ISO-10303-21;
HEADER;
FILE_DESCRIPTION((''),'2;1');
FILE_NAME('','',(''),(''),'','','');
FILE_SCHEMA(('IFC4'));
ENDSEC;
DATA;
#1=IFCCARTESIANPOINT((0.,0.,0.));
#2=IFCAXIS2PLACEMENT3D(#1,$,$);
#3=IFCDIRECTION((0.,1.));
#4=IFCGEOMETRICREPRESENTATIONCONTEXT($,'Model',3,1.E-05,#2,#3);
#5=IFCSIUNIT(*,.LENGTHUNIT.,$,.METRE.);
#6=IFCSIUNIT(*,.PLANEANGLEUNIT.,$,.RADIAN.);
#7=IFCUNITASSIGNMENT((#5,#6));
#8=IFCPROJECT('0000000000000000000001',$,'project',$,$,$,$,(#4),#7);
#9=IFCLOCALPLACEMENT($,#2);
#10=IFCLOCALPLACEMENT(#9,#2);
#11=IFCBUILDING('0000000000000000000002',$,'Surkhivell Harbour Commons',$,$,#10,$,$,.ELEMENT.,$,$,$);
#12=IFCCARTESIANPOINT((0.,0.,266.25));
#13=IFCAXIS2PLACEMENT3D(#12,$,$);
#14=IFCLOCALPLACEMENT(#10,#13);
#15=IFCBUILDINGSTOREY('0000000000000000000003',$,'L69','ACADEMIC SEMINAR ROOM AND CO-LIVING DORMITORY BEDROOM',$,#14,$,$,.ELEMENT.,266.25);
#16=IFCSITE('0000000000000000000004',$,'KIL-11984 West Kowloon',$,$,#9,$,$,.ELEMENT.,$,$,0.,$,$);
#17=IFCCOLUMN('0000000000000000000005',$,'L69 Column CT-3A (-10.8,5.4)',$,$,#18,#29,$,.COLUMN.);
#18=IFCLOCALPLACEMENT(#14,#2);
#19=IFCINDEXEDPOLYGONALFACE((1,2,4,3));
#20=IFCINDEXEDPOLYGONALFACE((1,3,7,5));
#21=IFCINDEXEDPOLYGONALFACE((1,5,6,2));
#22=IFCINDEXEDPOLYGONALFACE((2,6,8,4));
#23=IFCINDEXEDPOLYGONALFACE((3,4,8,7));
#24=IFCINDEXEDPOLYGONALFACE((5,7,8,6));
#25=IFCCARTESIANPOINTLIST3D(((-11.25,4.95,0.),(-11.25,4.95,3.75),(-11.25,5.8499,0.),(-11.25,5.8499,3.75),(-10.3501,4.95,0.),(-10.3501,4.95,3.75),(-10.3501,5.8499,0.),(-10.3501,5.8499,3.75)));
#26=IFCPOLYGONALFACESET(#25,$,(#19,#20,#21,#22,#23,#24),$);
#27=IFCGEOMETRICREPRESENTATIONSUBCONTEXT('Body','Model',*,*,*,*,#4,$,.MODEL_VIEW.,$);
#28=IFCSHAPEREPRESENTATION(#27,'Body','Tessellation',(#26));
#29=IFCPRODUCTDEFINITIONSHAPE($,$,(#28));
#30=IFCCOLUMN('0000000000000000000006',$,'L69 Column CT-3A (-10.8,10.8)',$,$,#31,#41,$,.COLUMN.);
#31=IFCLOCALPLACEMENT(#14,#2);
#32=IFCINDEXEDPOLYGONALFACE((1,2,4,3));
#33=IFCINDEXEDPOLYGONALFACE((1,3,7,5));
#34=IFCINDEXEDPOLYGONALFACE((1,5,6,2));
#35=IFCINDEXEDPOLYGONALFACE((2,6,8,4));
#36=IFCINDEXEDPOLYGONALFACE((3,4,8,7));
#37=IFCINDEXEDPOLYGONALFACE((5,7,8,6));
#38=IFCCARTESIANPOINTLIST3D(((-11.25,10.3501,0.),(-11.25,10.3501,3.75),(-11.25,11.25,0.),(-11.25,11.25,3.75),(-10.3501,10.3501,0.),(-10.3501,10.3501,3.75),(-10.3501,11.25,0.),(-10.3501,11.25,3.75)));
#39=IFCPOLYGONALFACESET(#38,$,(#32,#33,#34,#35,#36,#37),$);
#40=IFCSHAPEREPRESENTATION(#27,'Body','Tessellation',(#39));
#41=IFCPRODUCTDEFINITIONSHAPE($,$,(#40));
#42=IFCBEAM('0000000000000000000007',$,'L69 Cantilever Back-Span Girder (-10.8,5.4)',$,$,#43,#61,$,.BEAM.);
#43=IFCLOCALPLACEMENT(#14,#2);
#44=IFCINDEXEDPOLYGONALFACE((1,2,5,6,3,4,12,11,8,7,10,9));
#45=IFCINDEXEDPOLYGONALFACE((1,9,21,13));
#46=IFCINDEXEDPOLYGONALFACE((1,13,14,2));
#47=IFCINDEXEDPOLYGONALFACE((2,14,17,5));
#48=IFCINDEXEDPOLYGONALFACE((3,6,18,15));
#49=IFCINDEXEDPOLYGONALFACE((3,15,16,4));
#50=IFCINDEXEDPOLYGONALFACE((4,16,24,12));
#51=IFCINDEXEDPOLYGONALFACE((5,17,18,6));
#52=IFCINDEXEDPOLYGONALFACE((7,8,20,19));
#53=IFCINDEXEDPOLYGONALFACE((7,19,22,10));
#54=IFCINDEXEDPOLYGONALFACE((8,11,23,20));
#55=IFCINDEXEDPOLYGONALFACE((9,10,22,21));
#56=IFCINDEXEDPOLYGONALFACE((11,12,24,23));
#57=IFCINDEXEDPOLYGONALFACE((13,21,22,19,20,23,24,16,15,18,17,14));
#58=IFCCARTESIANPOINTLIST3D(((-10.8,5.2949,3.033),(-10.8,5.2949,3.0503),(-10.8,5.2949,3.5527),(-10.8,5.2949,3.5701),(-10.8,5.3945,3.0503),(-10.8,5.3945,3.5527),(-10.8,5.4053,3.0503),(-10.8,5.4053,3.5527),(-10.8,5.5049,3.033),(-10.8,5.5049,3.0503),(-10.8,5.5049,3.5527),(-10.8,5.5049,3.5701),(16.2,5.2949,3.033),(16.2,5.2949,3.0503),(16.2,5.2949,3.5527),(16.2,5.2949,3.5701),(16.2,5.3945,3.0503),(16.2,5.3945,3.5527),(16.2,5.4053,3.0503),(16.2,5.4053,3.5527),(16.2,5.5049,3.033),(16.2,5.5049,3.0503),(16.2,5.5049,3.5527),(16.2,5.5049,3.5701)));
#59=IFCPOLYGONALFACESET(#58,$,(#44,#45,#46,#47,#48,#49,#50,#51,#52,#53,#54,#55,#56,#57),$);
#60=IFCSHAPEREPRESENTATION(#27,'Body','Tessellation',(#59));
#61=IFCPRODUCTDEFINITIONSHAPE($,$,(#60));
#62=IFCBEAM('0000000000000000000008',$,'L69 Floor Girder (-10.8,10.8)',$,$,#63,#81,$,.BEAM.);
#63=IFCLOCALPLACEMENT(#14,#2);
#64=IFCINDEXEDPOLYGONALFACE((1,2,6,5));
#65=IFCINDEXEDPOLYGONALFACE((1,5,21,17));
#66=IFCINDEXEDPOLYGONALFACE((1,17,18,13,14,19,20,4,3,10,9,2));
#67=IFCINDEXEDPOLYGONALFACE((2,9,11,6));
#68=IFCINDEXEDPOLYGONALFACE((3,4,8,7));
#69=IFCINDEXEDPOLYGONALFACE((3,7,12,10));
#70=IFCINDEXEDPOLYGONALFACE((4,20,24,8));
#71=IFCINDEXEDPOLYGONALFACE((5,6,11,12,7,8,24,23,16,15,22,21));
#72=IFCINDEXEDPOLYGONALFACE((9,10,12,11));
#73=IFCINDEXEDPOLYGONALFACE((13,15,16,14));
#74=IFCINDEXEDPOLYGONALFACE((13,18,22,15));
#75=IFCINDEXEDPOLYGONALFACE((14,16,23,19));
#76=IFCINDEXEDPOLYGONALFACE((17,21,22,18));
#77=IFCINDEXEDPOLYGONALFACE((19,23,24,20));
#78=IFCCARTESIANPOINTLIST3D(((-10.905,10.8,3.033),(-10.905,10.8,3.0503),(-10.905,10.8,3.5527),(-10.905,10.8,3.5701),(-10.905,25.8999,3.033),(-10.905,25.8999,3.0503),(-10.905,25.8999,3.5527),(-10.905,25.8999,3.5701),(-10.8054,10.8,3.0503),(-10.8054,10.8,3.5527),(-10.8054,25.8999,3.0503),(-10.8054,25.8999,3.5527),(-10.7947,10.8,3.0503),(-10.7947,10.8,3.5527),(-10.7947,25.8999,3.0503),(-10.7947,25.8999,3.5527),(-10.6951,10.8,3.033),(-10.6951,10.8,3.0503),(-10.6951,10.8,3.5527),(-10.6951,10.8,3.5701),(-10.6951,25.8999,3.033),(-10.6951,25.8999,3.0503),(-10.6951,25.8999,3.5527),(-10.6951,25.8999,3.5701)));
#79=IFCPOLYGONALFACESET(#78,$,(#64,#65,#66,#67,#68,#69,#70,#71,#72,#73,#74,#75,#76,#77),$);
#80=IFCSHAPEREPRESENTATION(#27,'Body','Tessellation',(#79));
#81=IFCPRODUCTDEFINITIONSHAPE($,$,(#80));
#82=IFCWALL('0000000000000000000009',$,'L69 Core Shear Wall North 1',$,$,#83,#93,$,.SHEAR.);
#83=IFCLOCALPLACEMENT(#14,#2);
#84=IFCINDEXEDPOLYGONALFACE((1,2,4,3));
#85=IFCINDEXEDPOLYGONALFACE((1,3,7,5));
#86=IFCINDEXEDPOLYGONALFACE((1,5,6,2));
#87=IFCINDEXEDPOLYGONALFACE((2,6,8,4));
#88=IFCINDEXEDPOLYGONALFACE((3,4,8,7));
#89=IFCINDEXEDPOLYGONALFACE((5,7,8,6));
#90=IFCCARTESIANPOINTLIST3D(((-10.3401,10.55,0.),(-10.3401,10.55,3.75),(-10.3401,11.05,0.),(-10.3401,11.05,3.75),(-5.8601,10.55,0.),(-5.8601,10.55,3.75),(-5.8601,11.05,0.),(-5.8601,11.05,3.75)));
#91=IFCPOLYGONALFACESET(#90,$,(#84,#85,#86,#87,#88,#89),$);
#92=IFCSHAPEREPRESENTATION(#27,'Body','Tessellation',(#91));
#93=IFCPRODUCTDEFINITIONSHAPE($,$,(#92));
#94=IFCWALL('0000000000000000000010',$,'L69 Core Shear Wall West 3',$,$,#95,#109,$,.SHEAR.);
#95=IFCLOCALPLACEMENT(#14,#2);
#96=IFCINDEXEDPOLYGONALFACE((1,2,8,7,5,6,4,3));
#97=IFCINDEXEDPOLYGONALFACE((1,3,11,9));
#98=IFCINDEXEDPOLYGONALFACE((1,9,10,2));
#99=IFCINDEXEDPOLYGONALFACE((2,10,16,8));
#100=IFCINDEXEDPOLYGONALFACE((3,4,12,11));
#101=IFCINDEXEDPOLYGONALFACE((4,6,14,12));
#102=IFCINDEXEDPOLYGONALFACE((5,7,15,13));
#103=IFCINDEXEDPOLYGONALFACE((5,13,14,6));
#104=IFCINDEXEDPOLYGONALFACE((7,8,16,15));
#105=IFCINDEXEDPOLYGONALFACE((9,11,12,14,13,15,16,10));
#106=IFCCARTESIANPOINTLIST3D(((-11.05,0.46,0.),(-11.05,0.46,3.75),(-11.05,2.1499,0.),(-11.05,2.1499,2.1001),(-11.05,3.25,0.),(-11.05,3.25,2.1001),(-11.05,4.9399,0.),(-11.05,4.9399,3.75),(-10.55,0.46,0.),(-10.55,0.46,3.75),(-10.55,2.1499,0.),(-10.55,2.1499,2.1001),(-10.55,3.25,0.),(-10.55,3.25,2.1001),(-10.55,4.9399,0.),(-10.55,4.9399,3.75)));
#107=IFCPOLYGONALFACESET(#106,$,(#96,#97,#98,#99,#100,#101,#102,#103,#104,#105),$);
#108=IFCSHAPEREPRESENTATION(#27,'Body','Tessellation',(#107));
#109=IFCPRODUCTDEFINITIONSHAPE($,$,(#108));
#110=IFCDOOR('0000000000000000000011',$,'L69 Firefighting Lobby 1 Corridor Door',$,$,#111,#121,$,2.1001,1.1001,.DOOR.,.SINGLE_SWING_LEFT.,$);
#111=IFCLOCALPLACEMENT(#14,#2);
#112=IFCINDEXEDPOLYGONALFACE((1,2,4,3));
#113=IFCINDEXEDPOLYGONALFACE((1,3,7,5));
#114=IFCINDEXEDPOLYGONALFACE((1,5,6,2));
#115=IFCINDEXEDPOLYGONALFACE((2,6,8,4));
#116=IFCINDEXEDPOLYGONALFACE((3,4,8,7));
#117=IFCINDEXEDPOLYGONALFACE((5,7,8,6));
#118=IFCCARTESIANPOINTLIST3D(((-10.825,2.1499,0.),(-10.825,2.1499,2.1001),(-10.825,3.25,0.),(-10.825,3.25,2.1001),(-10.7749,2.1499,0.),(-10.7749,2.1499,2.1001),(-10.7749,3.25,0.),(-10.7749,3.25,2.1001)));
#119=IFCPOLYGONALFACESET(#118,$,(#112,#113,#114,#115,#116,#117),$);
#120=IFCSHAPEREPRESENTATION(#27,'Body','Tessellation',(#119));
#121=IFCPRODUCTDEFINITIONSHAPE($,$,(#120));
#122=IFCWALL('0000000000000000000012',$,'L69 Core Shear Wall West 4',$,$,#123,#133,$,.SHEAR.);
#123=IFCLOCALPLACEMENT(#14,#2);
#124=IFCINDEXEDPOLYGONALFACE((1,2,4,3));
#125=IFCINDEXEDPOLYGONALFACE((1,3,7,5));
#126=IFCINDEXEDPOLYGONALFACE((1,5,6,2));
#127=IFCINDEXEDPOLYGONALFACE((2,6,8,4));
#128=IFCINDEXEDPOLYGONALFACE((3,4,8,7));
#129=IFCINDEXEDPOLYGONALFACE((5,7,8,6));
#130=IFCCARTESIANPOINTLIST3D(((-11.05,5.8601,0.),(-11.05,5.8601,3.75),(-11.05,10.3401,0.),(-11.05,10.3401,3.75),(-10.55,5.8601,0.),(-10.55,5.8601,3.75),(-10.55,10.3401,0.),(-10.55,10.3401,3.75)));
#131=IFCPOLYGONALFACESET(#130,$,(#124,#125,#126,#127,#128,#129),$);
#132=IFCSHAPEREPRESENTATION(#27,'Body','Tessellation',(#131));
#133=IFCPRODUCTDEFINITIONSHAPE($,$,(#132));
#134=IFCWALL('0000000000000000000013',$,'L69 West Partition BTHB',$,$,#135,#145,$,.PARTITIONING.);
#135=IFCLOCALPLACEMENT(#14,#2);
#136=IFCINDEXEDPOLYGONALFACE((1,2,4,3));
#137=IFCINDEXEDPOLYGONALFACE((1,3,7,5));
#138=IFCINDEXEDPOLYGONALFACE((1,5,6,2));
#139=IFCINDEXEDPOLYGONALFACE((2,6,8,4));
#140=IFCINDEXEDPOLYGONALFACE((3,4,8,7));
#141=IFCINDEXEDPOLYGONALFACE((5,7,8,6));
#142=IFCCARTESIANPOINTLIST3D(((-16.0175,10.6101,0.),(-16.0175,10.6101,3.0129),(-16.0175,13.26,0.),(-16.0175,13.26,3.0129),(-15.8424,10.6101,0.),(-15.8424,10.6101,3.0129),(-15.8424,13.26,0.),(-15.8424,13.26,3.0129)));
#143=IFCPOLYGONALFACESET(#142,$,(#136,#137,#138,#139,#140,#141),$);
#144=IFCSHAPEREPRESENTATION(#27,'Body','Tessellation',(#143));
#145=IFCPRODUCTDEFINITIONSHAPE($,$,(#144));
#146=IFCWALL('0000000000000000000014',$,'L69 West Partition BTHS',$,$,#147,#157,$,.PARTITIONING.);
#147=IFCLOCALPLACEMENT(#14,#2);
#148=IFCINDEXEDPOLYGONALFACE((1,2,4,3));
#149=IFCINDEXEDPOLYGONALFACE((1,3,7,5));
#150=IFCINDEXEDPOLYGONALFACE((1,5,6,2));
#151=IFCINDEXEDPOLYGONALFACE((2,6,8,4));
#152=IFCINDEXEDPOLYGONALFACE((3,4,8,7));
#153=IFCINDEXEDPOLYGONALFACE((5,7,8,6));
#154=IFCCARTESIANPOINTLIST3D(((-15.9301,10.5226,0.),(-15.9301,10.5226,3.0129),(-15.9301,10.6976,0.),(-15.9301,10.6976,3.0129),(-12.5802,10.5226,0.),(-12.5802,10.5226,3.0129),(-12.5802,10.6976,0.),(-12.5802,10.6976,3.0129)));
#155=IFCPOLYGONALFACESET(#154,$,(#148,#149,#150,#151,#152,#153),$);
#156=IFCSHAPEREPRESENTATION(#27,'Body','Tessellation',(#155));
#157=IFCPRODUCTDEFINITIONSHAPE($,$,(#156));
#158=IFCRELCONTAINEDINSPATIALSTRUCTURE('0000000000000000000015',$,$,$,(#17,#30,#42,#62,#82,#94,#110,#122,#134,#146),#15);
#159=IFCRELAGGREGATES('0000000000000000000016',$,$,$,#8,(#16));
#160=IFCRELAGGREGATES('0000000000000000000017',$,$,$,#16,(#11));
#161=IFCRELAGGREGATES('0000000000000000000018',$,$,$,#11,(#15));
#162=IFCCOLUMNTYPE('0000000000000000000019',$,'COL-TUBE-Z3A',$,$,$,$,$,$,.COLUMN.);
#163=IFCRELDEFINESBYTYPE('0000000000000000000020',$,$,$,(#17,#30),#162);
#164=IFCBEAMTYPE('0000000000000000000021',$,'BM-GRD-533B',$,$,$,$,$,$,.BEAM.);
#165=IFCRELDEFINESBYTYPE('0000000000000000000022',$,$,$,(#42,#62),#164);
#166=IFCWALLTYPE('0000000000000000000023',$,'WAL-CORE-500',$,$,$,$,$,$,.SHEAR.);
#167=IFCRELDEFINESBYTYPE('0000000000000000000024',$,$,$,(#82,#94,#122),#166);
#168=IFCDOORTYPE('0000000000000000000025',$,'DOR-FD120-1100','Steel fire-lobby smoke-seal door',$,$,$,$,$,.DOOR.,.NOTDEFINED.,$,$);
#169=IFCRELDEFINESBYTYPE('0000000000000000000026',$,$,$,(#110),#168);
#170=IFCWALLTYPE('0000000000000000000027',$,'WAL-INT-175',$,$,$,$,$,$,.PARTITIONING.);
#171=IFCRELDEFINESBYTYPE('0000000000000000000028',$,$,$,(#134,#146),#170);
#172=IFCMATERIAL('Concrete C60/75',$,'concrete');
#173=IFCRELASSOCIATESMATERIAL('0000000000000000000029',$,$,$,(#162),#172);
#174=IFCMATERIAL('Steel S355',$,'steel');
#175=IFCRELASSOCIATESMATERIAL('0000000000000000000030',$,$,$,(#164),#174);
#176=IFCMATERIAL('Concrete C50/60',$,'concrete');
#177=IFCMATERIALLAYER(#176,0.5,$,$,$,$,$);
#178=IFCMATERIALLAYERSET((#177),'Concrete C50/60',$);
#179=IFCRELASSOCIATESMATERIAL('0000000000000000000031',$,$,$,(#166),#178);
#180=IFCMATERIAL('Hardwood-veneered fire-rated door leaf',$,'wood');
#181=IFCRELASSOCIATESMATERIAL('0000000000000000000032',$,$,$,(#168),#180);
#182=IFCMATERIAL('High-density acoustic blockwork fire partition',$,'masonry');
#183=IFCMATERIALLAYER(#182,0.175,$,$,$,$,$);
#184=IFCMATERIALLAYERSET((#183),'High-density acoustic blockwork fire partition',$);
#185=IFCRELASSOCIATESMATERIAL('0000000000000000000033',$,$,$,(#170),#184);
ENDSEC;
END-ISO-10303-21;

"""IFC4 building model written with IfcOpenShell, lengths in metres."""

from ifc_helpers import new_model, si_unit, direction, frame, frame_2d, origin, origin_2d, place, context, subcontext, project, spatial, rectangle, i_section, extrude, material, layer, layer_set, material_profile, profile_set, type_object, element, fill, save


model = new_model("IFC4")

# Units and contexts
model_context = context("Model", 3, precision=1e-05, world=origin(), true_north=direction((0.0, 1.0)))
body_context = subcontext(model_context, "Body", "Model", "MODEL_VIEW")
ifc_project = project(units=[si_unit("LENGTHUNIT", "METRE"), si_unit("PLANEANGLEUNIT", "RADIAN")], contexts=[model_context])

# Site, building, storey
site_placement = place(None, origin())
site = spatial("IfcSite", under=ifc_project, at=site_placement, Name="KIL-11984 West Kowloon", CompositionType="ELEMENT", RefElevation=0.0)
building_placement = place(site_placement, origin())
building = spatial("IfcBuilding", under=site, at=building_placement, Name="Surkhivell Harbour Commons", CompositionType="ELEMENT")
storey_placement = place(building_placement, frame((0.0, 0.0, 266.25)))
storey = spatial("IfcBuildingStorey", under=building, at=storey_placement, Name="L69", Description="ACADEMIC SEMINAR ROOM AND CO-LIVING DORMITORY BEDROOM", CompositionType="ELEMENT", Elevation=266.25)

# Columns
ifc_material_1 = material(Name="Concrete C60/75", Category="concrete")
ifc_material_profile_1 = material_profile(ifc_material_1, rectangle(XDim=0.8999, YDim=0.8999, at=origin_2d()), Name="RC-COL-900x900")
ifc_profile_set_1 = profile_set([ifc_material_profile_1], Name="Concrete C60/75")
column_type = type_object("IfcColumnType", Name="COL-TUBE-Z3A", PredefinedType="COLUMN", material=ifc_profile_set_1)
for number, where, z_axis, x_axis, name in (
    (1, (-10.8, 5.3999, 0.0), (0.0, 0.0, 1.0), (1.0, 0.0, 0.0), "L69 Column CT-3A (-10.8,5.4)"),
    (2, (-10.8, 10.8, 0.0), (0.0, 0.0, 1.0), (1.0, 0.0, 0.0), "L69 Column CT-3A (-10.8,10.8)"),
):
    element("IfcColumn", number, at=place(storey_placement, frame(where, z_axis=z_axis, x_axis=x_axis)), inside=storey, type_object=column_type, Name=name, PredefinedType="COLUMN", context=body_context, shape_type="SweptSolid", body=[
        extrude(rectangle(XDim=0.8999, YDim=0.8999, at=origin_2d()), origin(), (0.0, 0.0, 1.0), 3.75),
    ])

# Beams
ifc_material_2 = material(Name="Steel S355", Category="steel")
ifc_material_profile_2 = material_profile(ifc_material_2, i_section(OverallWidth=0.21, OverallDepth=0.5371, WebThickness=0.0107, FlangeThickness=0.0173, at=origin_2d()), Name="UB533x210x101")
ifc_profile_set_2 = profile_set([ifc_material_profile_2], Name="Steel S355")
beam_type = type_object("IfcBeamType", Name="BM-GRD-533B", PredefinedType="BEAM", material=ifc_profile_set_2)
beam_1_placement = place(storey_placement, frame((-10.8, 5.3999, 3.3015), z_axis=(1.0, 0.0, 0.0), x_axis=(0.0, 1.0, 0.0)))
element("IfcBeam", 3, at=beam_1_placement, inside=storey, type_object=beam_type, Name="L69 Cantilever Back-Span Girder (-10.8,5.4)", PredefinedType="BEAM", context=body_context, shape_type="SweptSolid", body=[
    extrude(i_section(OverallWidth=0.21, OverallDepth=0.5371, WebThickness=0.0107, FlangeThickness=0.0173, at=origin_2d()), origin(), (0.0, 0.0, 1.0), 27.0),
])
beam_2_placement = place(storey_placement, frame((-10.8, 10.8, 3.3015), z_axis=(0.0, 1.0, 0.0), x_axis=(-1.0, 0.0, 0.0)))
element("IfcBeam", 4, at=beam_2_placement, inside=storey, type_object=beam_type, Name="L69 Floor Girder (-10.8,10.8)", PredefinedType="BEAM", context=body_context, shape_type="SweptSolid", body=[
    extrude(i_section(OverallWidth=0.21, OverallDepth=0.5371, WebThickness=0.0107, FlangeThickness=0.0173, at=origin_2d()), origin(), (0.0, 0.0, 1.0), 15.0999),
])

# Wall
ifc_material_3 = material(Name="Concrete C50/60", Category="concrete")
ifc_layer_1 = layer(ifc_material_3, 0.5)
ifc_layer_set_1 = layer_set([ifc_layer_1], Name="Concrete C50/60")
wall_type_1 = type_object("IfcWallType", Name="WAL-CORE-500", PredefinedType="SHEAR", material=ifc_layer_set_1)
wall_1_placement = place(storey_placement, frame((-10.3401, 10.8, 0.0), z_axis=(0.0, 0.0, 1.0), x_axis=(1.0, 0.0, 0.0)))
element("IfcWall", 5, at=wall_1_placement, inside=storey, type_object=wall_type_1, Name="L69 Core Shear Wall North 1", PredefinedType="SHEAR", context=body_context, shape_type="SweptSolid", body=[
    extrude(rectangle(XDim=4.48, YDim=0.5, at=frame_2d((2.24, 0.0))), origin(), (0.0, 0.0, 1.0), 3.75),
])

# Wall, opening, door
wall_2_placement = place(storey_placement, frame((-10.8, 0.46, 0.0), z_axis=(0.0, 0.0, 1.0), x_axis=(0.0, 1.0, 0.0)))
wall_2 = element("IfcWall", 6, at=wall_2_placement, inside=storey, type_object=wall_type_1, Name="L69 Core Shear Wall West 3", PredefinedType="SHEAR", context=body_context, shape_type="SweptSolid", body=[
    extrude(rectangle(XDim=4.48, YDim=0.5, at=frame_2d((2.24, 0.0))), origin(), (0.0, 0.0, 1.0), 3.75),
])
opening_1_placement = place(wall_2_placement, frame((1.6899, 0.0, 0.0)))
opening_1 = element("IfcOpeningElement", 7, at=opening_1_placement, cuts=wall_2, PredefinedType="OPENING", context=body_context, shape_type="SweptSolid", body=[
    extrude(rectangle(XDim=1.1001, YDim=2.1001, at=frame_2d((0.55, 1.05))), frame((0.0, 0.26, 0.0), z_axis=(0.0, -1.0, 0.0), x_axis=(1.0, 0.0, 0.0)), (0.0, 0.0, 1.0), 0.52),
])
ifc_material_4 = material(Name="Hardwood-veneered fire-rated door leaf", Category="wood")
door_type_1 = type_object("IfcDoorType", Name="DOR-FD120-1100", Description="Steel fire-lobby smoke-seal door", OperationType="NOTDEFINED", PredefinedType="DOOR", material=ifc_material_4)
door_1_placement = place(opening_1_placement, origin())
door_1 = element("IfcDoor", 8, at=door_1_placement, inside=storey, type_object=door_type_1, Name="L69 Firefighting Lobby 1 Corridor Door", OperationType="SINGLE_SWING_LEFT", OverallHeight=2.1001, OverallWidth=1.1001, PredefinedType="DOOR", context=body_context, shape_type="SweptSolid", body=[
    extrude(rectangle(XDim=1.1001, YDim=2.1001, at=frame_2d((0.55, 1.05))), frame((0.0, 0.0249, 0.0), z_axis=(0.0, -1.0, 0.0), x_axis=(1.0, 0.0, 0.0)), (0.0, 0.0, 1.0), 0.05),
])
fill(opening_1, door_1)

# Walls
wall_3_placement = place(storey_placement, frame((-10.8, 5.8601, 0.0), z_axis=(0.0, 0.0, 1.0), x_axis=(0.0, 1.0, 0.0)))
element("IfcWall", 9, at=wall_3_placement, inside=storey, type_object=wall_type_1, Name="L69 Core Shear Wall West 4", PredefinedType="SHEAR", context=body_context, shape_type="SweptSolid", body=[
    extrude(rectangle(XDim=4.48, YDim=0.5, at=frame_2d((2.24, 0.0))), origin(), (0.0, 0.0, 1.0), 3.75),
])
ifc_material_5 = material(Name="High-density acoustic blockwork fire partition", Category="masonry")
ifc_layer_2 = layer(ifc_material_5, 0.175)
ifc_layer_set_2 = layer_set([ifc_layer_2], Name="High-density acoustic blockwork fire partition")
wall_type_2 = type_object("IfcWallType", Name="WAL-INT-175", PredefinedType="PARTITIONING", material=ifc_layer_set_2)
wall_4_placement = place(storey_placement, frame((-15.9299, 10.6101, 0.0), z_axis=(0.0, 0.0, 1.0), x_axis=(0.0, 1.0, 0.0)))
element("IfcWall", 10, at=wall_4_placement, inside=storey, type_object=wall_type_2, Name="L69 West Partition BTHB", PredefinedType="PARTITIONING", context=body_context, shape_type="SweptSolid", body=[
    extrude(rectangle(XDim=2.6499, YDim=0.175, at=frame_2d((1.325, 0.0))), origin(), (0.0, 0.0, 1.0), 3.0129),
])
wall_5_placement = place(storey_placement, frame((-15.9299, 10.6101, 0.0), z_axis=(0.0, 0.0, 1.0), x_axis=(1.0, 0.0, 0.0)))
element("IfcWall", 11, at=wall_5_placement, inside=storey, type_object=wall_type_2, Name="L69 West Partition BTHS", PredefinedType="PARTITIONING", context=body_context, shape_type="SweptSolid", body=[
    extrude(rectangle(XDim=3.3499, YDim=0.175, at=frame_2d((1.6748, 0.0))), origin(), (0.0, 0.0, 1.0), 3.0129),
])

save(model, "model.ifc")
